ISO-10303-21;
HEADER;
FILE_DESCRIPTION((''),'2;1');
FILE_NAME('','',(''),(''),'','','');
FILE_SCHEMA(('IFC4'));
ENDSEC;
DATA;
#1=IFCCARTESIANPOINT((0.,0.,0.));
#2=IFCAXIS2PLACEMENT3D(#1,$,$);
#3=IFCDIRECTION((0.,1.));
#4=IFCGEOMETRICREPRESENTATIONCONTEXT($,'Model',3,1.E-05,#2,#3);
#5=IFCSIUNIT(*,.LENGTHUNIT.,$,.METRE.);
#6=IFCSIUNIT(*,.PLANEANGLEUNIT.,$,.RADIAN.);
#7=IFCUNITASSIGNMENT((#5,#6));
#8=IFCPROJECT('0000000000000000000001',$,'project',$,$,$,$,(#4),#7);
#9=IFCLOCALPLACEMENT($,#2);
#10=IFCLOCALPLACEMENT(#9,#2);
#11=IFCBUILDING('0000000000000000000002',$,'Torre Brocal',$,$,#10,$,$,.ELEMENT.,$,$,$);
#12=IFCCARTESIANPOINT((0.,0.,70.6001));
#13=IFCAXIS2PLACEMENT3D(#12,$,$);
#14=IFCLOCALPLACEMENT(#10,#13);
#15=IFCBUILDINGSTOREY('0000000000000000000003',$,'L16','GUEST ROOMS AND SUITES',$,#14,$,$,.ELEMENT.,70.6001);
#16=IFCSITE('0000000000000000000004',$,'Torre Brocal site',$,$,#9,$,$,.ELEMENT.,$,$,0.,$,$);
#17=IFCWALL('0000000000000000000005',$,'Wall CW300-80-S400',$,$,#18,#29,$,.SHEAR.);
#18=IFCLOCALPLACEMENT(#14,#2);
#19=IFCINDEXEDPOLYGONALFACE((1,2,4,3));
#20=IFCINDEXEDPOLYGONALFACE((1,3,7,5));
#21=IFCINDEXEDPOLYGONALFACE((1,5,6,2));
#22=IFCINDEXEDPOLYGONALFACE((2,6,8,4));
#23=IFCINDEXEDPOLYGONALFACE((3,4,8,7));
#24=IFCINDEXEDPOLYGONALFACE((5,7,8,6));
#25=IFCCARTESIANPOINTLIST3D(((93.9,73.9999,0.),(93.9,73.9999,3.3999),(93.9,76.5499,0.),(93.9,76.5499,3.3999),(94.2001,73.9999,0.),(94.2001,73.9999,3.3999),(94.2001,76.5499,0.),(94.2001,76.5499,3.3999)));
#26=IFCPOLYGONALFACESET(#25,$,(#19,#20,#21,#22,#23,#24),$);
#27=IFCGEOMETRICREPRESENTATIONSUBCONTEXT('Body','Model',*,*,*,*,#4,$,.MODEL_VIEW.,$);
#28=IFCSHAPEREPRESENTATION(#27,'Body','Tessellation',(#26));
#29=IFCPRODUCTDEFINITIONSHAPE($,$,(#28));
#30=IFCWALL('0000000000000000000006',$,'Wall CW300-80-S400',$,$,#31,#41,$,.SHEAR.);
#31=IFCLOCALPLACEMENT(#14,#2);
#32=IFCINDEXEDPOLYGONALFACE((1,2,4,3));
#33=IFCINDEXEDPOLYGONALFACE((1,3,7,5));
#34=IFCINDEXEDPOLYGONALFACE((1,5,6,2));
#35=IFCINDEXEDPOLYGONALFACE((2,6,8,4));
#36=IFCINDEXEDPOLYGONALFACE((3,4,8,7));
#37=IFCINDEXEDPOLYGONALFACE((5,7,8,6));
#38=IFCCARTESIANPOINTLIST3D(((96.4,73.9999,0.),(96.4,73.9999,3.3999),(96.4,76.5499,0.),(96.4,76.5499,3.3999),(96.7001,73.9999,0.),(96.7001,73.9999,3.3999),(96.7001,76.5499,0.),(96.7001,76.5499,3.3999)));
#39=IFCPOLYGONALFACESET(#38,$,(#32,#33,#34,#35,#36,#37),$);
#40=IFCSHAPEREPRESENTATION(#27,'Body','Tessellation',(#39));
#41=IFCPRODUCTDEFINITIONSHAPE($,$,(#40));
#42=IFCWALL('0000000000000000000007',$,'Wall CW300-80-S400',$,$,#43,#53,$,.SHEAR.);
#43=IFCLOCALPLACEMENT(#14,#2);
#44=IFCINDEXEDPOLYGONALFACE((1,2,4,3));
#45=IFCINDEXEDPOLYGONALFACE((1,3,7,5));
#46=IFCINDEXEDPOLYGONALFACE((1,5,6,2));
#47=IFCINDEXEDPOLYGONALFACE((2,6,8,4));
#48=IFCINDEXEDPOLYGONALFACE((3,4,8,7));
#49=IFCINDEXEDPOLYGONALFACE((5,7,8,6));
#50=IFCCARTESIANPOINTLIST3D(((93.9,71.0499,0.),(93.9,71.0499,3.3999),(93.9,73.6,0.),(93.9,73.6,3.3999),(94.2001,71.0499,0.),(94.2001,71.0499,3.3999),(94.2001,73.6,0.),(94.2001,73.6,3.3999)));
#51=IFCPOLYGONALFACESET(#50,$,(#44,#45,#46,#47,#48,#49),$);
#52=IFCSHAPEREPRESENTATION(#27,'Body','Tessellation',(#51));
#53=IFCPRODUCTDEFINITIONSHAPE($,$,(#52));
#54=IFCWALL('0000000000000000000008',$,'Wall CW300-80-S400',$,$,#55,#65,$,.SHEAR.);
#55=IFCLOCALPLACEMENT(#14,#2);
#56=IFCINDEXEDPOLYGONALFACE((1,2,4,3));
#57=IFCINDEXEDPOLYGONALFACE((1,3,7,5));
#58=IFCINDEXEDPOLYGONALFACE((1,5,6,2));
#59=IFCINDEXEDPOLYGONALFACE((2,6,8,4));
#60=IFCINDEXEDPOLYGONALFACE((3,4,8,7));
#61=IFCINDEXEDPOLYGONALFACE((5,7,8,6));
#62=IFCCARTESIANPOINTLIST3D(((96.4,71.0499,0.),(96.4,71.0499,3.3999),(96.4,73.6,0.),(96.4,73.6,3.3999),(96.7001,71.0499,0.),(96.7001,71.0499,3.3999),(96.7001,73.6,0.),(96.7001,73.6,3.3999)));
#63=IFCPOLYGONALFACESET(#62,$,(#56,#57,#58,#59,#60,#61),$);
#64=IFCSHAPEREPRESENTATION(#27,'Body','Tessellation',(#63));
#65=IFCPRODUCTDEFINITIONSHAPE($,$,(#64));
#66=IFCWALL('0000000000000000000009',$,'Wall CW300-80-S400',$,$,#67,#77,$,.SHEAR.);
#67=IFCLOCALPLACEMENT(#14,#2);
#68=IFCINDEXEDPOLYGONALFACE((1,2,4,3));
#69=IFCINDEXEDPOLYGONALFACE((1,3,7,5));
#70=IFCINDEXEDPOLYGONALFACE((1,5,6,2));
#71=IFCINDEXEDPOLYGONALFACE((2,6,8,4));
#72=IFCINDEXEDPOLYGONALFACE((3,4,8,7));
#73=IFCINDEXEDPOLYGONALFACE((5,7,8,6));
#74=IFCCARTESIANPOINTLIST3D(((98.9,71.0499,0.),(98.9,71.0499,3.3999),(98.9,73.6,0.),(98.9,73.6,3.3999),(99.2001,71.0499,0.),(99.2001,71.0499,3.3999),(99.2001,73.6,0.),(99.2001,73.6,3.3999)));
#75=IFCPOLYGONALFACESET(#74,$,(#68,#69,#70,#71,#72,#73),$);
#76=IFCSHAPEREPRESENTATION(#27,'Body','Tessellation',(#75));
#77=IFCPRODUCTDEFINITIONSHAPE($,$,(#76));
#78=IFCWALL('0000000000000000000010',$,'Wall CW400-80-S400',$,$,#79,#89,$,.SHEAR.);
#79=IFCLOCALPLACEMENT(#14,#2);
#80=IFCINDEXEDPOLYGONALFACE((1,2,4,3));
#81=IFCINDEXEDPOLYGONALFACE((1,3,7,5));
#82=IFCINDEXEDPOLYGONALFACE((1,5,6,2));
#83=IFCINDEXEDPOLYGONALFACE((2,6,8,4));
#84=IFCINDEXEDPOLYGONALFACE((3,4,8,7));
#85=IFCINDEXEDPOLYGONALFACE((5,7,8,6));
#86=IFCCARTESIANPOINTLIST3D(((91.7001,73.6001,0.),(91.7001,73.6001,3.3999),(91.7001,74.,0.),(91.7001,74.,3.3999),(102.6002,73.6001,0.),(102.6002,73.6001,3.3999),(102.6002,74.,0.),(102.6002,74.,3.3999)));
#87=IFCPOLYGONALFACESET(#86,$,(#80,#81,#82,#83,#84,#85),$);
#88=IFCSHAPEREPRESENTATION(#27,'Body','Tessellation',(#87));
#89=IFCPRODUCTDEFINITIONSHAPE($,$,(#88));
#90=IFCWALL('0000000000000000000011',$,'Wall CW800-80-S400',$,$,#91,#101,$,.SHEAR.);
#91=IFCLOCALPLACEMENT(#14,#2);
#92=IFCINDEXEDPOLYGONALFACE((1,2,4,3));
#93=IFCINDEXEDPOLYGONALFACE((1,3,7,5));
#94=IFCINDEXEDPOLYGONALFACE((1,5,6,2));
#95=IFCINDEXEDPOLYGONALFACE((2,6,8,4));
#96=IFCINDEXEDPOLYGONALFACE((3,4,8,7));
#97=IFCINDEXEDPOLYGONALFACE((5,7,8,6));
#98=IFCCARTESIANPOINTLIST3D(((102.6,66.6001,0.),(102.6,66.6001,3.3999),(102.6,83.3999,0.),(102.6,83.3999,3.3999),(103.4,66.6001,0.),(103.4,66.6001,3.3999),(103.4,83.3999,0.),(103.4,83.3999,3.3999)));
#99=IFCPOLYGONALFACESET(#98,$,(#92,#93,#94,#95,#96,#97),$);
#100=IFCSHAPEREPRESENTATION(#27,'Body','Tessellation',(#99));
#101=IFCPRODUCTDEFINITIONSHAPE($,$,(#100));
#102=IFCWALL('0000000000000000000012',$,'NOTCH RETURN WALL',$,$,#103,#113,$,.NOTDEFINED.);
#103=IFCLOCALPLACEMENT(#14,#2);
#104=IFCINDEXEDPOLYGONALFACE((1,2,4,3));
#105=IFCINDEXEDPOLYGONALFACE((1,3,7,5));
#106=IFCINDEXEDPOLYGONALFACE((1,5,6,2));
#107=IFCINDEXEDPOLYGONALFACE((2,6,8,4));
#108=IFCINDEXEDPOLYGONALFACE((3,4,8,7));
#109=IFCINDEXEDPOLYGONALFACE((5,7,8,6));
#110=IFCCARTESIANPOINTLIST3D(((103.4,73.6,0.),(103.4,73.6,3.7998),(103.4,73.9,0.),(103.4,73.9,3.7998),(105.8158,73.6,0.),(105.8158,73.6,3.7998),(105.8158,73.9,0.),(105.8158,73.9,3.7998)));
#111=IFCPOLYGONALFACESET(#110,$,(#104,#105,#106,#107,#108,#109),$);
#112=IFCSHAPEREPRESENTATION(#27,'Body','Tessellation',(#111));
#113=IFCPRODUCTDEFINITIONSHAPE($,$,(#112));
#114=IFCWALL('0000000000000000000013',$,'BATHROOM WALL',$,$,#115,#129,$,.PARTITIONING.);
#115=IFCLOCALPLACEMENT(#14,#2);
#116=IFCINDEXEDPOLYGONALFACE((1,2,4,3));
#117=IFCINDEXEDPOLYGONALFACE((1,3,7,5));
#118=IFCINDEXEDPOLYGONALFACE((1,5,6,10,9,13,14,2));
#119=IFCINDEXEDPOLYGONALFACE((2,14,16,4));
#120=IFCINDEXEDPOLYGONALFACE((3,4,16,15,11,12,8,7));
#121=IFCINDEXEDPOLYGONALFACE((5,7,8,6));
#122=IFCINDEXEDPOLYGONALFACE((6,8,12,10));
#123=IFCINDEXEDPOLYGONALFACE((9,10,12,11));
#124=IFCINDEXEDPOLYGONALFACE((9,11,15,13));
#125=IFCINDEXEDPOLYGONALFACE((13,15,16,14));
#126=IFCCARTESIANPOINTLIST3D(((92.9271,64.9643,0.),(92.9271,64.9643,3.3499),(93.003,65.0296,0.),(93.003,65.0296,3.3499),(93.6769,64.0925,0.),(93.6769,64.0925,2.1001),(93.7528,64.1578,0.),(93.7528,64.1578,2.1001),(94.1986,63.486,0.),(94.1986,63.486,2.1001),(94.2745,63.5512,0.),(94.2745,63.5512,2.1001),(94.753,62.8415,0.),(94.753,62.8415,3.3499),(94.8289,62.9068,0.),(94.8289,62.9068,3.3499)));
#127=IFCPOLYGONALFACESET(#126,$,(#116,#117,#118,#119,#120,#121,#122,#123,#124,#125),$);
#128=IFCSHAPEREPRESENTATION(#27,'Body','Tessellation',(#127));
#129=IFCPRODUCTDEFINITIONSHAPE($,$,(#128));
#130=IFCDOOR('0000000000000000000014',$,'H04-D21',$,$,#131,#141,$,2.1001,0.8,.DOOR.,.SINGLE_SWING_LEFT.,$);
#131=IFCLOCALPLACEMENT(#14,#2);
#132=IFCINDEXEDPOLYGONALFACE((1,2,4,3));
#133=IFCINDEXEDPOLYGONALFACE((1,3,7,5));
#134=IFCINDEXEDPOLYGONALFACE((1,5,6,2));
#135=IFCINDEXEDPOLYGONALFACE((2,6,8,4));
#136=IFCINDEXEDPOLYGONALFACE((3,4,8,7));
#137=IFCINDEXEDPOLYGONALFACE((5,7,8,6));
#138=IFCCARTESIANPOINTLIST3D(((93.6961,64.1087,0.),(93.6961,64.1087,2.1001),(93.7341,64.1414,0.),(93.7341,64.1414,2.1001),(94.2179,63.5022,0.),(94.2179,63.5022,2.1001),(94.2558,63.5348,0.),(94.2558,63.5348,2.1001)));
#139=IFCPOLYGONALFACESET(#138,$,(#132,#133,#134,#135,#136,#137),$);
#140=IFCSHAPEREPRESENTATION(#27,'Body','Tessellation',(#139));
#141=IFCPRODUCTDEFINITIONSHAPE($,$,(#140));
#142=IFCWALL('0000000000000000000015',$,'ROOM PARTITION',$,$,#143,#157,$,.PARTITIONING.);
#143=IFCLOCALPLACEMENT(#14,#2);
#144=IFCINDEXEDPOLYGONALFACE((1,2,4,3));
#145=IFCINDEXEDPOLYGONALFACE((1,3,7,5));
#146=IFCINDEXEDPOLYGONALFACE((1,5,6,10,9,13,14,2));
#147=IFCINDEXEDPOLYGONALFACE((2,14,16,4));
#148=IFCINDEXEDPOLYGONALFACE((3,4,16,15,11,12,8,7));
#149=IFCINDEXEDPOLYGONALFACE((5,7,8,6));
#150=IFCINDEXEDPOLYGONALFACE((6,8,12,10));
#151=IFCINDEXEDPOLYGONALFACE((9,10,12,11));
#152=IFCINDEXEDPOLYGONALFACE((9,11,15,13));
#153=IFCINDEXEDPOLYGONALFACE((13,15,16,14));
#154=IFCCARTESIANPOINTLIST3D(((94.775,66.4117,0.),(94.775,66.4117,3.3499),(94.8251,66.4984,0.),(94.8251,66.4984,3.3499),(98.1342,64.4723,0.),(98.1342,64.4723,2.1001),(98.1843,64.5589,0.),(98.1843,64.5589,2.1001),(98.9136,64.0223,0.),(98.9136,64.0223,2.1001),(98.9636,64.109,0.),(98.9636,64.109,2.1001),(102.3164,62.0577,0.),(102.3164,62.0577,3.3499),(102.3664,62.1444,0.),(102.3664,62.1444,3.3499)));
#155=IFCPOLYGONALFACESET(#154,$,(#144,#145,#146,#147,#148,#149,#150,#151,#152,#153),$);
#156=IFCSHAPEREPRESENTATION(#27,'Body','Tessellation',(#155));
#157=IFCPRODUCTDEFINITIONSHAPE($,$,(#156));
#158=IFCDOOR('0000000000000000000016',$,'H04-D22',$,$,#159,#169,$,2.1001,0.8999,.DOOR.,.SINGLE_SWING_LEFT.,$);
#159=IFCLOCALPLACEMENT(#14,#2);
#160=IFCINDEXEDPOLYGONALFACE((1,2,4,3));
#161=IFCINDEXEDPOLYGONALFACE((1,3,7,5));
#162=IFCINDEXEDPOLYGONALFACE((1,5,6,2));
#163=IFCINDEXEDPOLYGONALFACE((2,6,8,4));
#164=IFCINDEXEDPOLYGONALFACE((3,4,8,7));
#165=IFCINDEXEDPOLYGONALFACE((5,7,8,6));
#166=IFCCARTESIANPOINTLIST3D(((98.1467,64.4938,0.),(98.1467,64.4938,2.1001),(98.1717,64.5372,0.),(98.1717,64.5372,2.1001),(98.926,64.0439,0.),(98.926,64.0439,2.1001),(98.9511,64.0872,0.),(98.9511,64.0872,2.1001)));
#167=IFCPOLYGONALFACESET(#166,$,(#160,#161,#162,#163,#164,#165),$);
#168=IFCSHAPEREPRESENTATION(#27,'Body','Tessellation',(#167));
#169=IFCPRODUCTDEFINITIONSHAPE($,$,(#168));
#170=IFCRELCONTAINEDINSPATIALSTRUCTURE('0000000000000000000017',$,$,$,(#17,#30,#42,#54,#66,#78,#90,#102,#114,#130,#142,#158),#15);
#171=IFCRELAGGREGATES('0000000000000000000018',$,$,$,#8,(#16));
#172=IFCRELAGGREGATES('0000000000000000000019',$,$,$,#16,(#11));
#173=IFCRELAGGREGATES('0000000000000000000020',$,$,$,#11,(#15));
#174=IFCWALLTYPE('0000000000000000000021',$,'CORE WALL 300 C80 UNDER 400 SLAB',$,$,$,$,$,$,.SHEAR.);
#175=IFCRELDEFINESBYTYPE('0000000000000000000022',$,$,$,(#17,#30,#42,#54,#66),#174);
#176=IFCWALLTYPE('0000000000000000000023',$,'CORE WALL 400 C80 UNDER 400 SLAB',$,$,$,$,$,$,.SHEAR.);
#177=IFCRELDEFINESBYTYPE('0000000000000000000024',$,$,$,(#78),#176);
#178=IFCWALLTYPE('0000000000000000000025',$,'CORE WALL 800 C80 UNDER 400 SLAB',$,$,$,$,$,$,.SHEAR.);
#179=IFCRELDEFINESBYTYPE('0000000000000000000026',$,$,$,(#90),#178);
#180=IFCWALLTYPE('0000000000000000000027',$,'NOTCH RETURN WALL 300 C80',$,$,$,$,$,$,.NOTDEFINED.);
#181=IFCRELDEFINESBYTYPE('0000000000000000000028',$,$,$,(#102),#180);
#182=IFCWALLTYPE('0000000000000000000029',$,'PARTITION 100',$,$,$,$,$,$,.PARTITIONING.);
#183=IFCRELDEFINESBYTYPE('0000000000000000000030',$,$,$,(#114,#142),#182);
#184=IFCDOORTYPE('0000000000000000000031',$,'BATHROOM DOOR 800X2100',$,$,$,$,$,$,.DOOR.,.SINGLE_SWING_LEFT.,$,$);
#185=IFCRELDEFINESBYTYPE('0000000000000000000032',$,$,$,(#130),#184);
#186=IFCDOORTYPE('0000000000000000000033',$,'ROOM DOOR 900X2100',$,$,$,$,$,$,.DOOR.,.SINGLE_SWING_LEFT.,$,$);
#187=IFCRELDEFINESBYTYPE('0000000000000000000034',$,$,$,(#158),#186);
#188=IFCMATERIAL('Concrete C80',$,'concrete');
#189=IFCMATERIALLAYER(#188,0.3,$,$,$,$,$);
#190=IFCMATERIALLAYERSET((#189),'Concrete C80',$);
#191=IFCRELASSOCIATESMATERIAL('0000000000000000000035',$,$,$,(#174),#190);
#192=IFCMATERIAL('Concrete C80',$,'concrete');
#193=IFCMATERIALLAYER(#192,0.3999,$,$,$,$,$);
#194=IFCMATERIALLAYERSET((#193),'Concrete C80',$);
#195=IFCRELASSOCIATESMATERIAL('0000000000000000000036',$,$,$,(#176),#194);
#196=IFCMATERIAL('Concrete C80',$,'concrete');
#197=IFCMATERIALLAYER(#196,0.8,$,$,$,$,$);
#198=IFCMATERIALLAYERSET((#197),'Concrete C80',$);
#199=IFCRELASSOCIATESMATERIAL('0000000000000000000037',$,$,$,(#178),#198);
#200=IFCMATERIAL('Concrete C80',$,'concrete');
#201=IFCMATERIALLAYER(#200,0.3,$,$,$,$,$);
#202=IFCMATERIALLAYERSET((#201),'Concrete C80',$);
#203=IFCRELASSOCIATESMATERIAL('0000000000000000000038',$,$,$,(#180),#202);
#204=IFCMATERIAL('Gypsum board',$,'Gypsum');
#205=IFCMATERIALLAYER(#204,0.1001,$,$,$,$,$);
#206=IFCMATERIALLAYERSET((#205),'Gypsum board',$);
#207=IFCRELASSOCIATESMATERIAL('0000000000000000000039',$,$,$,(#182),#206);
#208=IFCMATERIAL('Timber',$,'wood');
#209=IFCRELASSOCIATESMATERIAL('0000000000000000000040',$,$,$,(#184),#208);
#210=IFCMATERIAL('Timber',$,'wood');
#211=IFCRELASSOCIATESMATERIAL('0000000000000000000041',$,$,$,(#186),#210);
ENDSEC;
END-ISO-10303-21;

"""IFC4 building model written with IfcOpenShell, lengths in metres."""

from ifc_helpers import new_model, si_unit, direction, frame, frame_2d, origin, place, context, subcontext, project, spatial, rectangle, extrude, material, layer, layer_set, type_object, element, fill, save


model = new_model("IFC4")

# Units and contexts
model_context = context("Model", 3, precision=1e-05, world=origin(), true_north=direction((0.0, 1.0)))
body_context = subcontext(model_context, "Body", "Model", "MODEL_VIEW")
ifc_project = project(units=[si_unit("LENGTHUNIT", "METRE"), si_unit("PLANEANGLEUNIT", "RADIAN")], contexts=[model_context])

# Site, building, storey
site_placement = place(None, origin())
site = spatial("IfcSite", under=ifc_project, at=site_placement, Name="Torre Brocal site", CompositionType="ELEMENT", RefElevation=0.0)
building_placement = place(site_placement, origin())
building = spatial("IfcBuilding", under=site, at=building_placement, Name="Torre Brocal", CompositionType="ELEMENT")
storey_placement = place(building_placement, frame((0.0, 0.0, 70.6001)))
storey = spatial("IfcBuildingStorey", under=building, at=storey_placement, Name="L16", Description="GUEST ROOMS AND SUITES", CompositionType="ELEMENT", Elevation=70.6001)

# Shared definitions
ifc_material_1 = material(Name="Concrete C80", Category="concrete")
ifc_layer_1 = layer(ifc_material_1, 0.3)
ifc_layer_set_1 = layer_set([ifc_layer_1], Name="Concrete C80")
wall_type_1 = type_object("IfcWallType", Name="CORE WALL 300 C80 UNDER 400 SLAB", PredefinedType="SHEAR", material=ifc_layer_set_1)

# Walls
for number, where, z_axis, x_axis, name in (
    (1, (94.05, 74.0, 0.0), (0.0, 0.0, 1.0), (0.0, 1.0, 0.0), "Wall CW300-80-S400"),
    (2, (96.55, 74.0, 0.0), (0.0, 0.0, 1.0), (0.0, 1.0, 0.0), "Wall CW300-80-S400"),
    (3, (94.05, 71.05, 0.0), (0.0, 0.0, 1.0), (0.0, 1.0, 0.0), "Wall CW300-80-S400"),
    (4, (96.55, 71.05, 0.0), (0.0, 0.0, 1.0), (0.0, 1.0, 0.0), "Wall CW300-80-S400"),
    (5, (99.05, 71.05, 0.0), (0.0, 0.0, 1.0), (0.0, 1.0, 0.0), "Wall CW300-80-S400"),
):
    element("IfcWall", number, at=place(storey_placement, frame(where, z_axis=z_axis, x_axis=x_axis)), inside=storey, type_object=wall_type_1, Name=name, PredefinedType="SHEAR", context=body_context, shape_type="SweptSolid", body=[
        extrude(rectangle(XDim=2.55, YDim=0.3, at=frame_2d((1.2749, 0.0))), origin(), (0.0, 0.0, 1.0), 3.3999),
    ])
ifc_material_2 = material(Name="Concrete C80", Category="concrete")
ifc_layer_2 = layer(ifc_material_2, 0.3999)
ifc_layer_set_2 = layer_set([ifc_layer_2], Name="Concrete C80")
wall_type_2 = type_object("IfcWallType", Name="CORE WALL 400 C80 UNDER 400 SLAB", PredefinedType="SHEAR", material=ifc_layer_set_2)
wall_1_placement = place(storey_placement, frame((91.7, 73.8, 0.0), z_axis=(0.0, 0.0, 1.0), x_axis=(1.0, 0.0, 0.0)))
element("IfcWall", 6, at=wall_1_placement, inside=storey, type_object=wall_type_2, Name="Wall CW400-80-S400", PredefinedType="SHEAR", context=body_context, shape_type="SweptSolid", body=[
    extrude(rectangle(XDim=10.9001, YDim=0.3999, at=frame_2d((5.4502, 0.0))), origin(), (0.0, 0.0, 1.0), 3.3999),
])
ifc_material_3 = material(Name="Concrete C80", Category="concrete")
ifc_layer_3 = layer(ifc_material_3, 0.8)
ifc_layer_set_3 = layer_set([ifc_layer_3], Name="Concrete C80")
wall_type_3 = type_object("IfcWallType", Name="CORE WALL 800 C80 UNDER 400 SLAB", PredefinedType="SHEAR", material=ifc_layer_set_3)
wall_2_placement = place(storey_placement, frame((103.0, 66.6001, 0.0), z_axis=(0.0, 0.0, 1.0), x_axis=(0.0, 1.0, 0.0)))
element("IfcWall", 7, at=wall_2_placement, inside=storey, type_object=wall_type_3, Name="Wall CW800-80-S400", PredefinedType="SHEAR", context=body_context, shape_type="SweptSolid", body=[
    extrude(rectangle(XDim=16.7998, YDim=0.8, at=frame_2d((8.3999, 0.0))), origin(), (0.0, 0.0, 1.0), 3.3999),
])
ifc_material_4 = material(Name="Concrete C80", Category="concrete")
ifc_layer_4 = layer(ifc_material_4, 0.3)
ifc_layer_set_4 = layer_set([ifc_layer_4], Name="Concrete C80")
wall_type_4 = type_object("IfcWallType", Name="NOTCH RETURN WALL 300 C80", PredefinedType="NOTDEFINED", material=ifc_layer_set_4)
wall_3_placement = place(storey_placement, frame((103.3999, 73.75, 0.0), z_axis=(0.0, 0.0, 1.0), x_axis=(1.0, 0.0, 0.0)))
element("IfcWall", 8, at=wall_3_placement, inside=storey, type_object=wall_type_4, Name="NOTCH RETURN WALL", PredefinedType="NOTDEFINED", context=body_context, shape_type="SweptSolid", body=[
    extrude(rectangle(XDim=2.4158, YDim=0.3, at=frame_2d((1.208, 0.0))), origin(), (0.0, 0.0, 1.0), 3.7998),
])

# Walls, openings, doors
ifc_material_5 = material(Name="Gypsum board", Category="Gypsum")
ifc_layer_5 = layer(ifc_material_5, 0.1001)
ifc_layer_set_5 = layer_set([ifc_layer_5], Name="Gypsum board")
wall_type_5 = type_object("IfcWallType", Name="PARTITION 100", PredefinedType="PARTITIONING", material=ifc_layer_set_5)
wall_4_placement = place(storey_placement, frame((92.9651, 64.9968, 0.0), z_axis=(0.0, 0.0, 1.0), x_axis=(0.652104, -0.758129, 0.0)))
wall_4 = element("IfcWall", 9, at=wall_4_placement, inside=storey, type_object=wall_type_5, Name="BATHROOM WALL", PredefinedType="PARTITIONING", context=body_context, shape_type="SweptSolid", body=[
    extrude(rectangle(XDim=2.8, YDim=0.1001, at=frame_2d((1.3999, 0.0))), origin(), (0.0, 0.0, 1.0), 3.3499),
])
opening_1_placement = place(wall_4_placement, frame((1.1499, 0.0, 0.0)))
opening_1 = element("IfcOpeningElement", 10, at=opening_1_placement, cuts=wall_4, PredefinedType="OPENING", context=body_context, shape_type="SweptSolid", body=[
    extrude(rectangle(XDim=0.8, YDim=2.1001, at=frame_2d((0.3999, 1.05))), frame((0.0, 0.0601, 0.0), z_axis=(0.0, -1.0, 0.0), x_axis=(1.0, 0.0, 0.0)), (0.0, 0.0, 1.0), 0.1201),
])
ifc_material_6 = material(Name="Timber", Category="wood")
door_type_1 = type_object("IfcDoorType", Name="BATHROOM DOOR 800X2100", OperationType="SINGLE_SWING_LEFT", PredefinedType="DOOR", material=ifc_material_6)
door_1_placement = place(opening_1_placement, frame((0.8, 0.0, 0.0), z_axis=(0.0, 0.0, 1.0), x_axis=(-1.0, 0.0, 0.0)))
door_1 = element("IfcDoor", 11, at=door_1_placement, inside=storey, type_object=door_type_1, Name="H04-D21", OperationType="SINGLE_SWING_LEFT", OverallHeight=2.1001, OverallWidth=0.8, PredefinedType="DOOR", context=body_context, shape_type="SweptSolid", body=[
    extrude(rectangle(XDim=0.8, YDim=2.1001, at=frame_2d((0.3999, 1.05))), frame((0.0, 0.0249, 0.0), z_axis=(0.0, -1.0, 0.0), x_axis=(1.0, 0.0, 0.0)), (0.0, 0.0, 1.0), 0.05),
])
fill(opening_1, door_1)
wall_5_placement = place(storey_placement, frame((94.8, 66.4551, 0.0), z_axis=(0.0, 0.0, 1.0), x_axis=(0.866023, -0.500005, 0.0)))
wall_5 = element("IfcWall", 12, at=wall_5_placement, inside=storey, type_object=wall_type_5, Name="ROOM PARTITION", PredefinedType="PARTITIONING", context=body_context, shape_type="SweptSolid", body=[
    extrude(rectangle(XDim=8.708, YDim=0.1001, at=frame_2d((4.354, 0.0))), origin(), (0.0, 0.0, 1.0), 3.3499),
])
opening_2_placement = place(wall_5_placement, frame((3.8789, 0.0, 0.0)))
opening_2 = element("IfcOpeningElement", 13, at=opening_2_placement, cuts=wall_5, PredefinedType="OPENING", context=body_context, shape_type="SweptSolid", body=[
    extrude(rectangle(XDim=0.8999, YDim=2.1001, at=frame_2d((0.45, 1.05))), frame((0.0, 0.0601, 0.0), z_axis=(0.0, -1.0, 0.0), x_axis=(1.0, 0.0, 0.0)), (0.0, 0.0, 1.0), 0.1201),
])
ifc_material_7 = material(Name="Timber", Category="wood")
door_type_2 = type_object("IfcDoorType", Name="ROOM DOOR 900X2100", OperationType="SINGLE_SWING_LEFT", PredefinedType="DOOR", material=ifc_material_7)
door_2_placement = place(opening_2_placement, origin())
door_2 = element("IfcDoor", 14, at=door_2_placement, inside=storey, type_object=door_type_2, Name="H04-D22", OperationType="SINGLE_SWING_LEFT", OverallHeight=2.1001, OverallWidth=0.8999, PredefinedType="DOOR", context=body_context, shape_type="SweptSolid", body=[
    extrude(rectangle(XDim=0.8999, YDim=2.1001, at=frame_2d((0.45, 1.05))), frame((0.0, 0.0249, 0.0), z_axis=(0.0, -1.0, 0.0), x_axis=(1.0, 0.0, 0.0)), (0.0, 0.0, 1.0), 0.05),
])
fill(opening_2, door_2)

save(model, "model.ifc")
